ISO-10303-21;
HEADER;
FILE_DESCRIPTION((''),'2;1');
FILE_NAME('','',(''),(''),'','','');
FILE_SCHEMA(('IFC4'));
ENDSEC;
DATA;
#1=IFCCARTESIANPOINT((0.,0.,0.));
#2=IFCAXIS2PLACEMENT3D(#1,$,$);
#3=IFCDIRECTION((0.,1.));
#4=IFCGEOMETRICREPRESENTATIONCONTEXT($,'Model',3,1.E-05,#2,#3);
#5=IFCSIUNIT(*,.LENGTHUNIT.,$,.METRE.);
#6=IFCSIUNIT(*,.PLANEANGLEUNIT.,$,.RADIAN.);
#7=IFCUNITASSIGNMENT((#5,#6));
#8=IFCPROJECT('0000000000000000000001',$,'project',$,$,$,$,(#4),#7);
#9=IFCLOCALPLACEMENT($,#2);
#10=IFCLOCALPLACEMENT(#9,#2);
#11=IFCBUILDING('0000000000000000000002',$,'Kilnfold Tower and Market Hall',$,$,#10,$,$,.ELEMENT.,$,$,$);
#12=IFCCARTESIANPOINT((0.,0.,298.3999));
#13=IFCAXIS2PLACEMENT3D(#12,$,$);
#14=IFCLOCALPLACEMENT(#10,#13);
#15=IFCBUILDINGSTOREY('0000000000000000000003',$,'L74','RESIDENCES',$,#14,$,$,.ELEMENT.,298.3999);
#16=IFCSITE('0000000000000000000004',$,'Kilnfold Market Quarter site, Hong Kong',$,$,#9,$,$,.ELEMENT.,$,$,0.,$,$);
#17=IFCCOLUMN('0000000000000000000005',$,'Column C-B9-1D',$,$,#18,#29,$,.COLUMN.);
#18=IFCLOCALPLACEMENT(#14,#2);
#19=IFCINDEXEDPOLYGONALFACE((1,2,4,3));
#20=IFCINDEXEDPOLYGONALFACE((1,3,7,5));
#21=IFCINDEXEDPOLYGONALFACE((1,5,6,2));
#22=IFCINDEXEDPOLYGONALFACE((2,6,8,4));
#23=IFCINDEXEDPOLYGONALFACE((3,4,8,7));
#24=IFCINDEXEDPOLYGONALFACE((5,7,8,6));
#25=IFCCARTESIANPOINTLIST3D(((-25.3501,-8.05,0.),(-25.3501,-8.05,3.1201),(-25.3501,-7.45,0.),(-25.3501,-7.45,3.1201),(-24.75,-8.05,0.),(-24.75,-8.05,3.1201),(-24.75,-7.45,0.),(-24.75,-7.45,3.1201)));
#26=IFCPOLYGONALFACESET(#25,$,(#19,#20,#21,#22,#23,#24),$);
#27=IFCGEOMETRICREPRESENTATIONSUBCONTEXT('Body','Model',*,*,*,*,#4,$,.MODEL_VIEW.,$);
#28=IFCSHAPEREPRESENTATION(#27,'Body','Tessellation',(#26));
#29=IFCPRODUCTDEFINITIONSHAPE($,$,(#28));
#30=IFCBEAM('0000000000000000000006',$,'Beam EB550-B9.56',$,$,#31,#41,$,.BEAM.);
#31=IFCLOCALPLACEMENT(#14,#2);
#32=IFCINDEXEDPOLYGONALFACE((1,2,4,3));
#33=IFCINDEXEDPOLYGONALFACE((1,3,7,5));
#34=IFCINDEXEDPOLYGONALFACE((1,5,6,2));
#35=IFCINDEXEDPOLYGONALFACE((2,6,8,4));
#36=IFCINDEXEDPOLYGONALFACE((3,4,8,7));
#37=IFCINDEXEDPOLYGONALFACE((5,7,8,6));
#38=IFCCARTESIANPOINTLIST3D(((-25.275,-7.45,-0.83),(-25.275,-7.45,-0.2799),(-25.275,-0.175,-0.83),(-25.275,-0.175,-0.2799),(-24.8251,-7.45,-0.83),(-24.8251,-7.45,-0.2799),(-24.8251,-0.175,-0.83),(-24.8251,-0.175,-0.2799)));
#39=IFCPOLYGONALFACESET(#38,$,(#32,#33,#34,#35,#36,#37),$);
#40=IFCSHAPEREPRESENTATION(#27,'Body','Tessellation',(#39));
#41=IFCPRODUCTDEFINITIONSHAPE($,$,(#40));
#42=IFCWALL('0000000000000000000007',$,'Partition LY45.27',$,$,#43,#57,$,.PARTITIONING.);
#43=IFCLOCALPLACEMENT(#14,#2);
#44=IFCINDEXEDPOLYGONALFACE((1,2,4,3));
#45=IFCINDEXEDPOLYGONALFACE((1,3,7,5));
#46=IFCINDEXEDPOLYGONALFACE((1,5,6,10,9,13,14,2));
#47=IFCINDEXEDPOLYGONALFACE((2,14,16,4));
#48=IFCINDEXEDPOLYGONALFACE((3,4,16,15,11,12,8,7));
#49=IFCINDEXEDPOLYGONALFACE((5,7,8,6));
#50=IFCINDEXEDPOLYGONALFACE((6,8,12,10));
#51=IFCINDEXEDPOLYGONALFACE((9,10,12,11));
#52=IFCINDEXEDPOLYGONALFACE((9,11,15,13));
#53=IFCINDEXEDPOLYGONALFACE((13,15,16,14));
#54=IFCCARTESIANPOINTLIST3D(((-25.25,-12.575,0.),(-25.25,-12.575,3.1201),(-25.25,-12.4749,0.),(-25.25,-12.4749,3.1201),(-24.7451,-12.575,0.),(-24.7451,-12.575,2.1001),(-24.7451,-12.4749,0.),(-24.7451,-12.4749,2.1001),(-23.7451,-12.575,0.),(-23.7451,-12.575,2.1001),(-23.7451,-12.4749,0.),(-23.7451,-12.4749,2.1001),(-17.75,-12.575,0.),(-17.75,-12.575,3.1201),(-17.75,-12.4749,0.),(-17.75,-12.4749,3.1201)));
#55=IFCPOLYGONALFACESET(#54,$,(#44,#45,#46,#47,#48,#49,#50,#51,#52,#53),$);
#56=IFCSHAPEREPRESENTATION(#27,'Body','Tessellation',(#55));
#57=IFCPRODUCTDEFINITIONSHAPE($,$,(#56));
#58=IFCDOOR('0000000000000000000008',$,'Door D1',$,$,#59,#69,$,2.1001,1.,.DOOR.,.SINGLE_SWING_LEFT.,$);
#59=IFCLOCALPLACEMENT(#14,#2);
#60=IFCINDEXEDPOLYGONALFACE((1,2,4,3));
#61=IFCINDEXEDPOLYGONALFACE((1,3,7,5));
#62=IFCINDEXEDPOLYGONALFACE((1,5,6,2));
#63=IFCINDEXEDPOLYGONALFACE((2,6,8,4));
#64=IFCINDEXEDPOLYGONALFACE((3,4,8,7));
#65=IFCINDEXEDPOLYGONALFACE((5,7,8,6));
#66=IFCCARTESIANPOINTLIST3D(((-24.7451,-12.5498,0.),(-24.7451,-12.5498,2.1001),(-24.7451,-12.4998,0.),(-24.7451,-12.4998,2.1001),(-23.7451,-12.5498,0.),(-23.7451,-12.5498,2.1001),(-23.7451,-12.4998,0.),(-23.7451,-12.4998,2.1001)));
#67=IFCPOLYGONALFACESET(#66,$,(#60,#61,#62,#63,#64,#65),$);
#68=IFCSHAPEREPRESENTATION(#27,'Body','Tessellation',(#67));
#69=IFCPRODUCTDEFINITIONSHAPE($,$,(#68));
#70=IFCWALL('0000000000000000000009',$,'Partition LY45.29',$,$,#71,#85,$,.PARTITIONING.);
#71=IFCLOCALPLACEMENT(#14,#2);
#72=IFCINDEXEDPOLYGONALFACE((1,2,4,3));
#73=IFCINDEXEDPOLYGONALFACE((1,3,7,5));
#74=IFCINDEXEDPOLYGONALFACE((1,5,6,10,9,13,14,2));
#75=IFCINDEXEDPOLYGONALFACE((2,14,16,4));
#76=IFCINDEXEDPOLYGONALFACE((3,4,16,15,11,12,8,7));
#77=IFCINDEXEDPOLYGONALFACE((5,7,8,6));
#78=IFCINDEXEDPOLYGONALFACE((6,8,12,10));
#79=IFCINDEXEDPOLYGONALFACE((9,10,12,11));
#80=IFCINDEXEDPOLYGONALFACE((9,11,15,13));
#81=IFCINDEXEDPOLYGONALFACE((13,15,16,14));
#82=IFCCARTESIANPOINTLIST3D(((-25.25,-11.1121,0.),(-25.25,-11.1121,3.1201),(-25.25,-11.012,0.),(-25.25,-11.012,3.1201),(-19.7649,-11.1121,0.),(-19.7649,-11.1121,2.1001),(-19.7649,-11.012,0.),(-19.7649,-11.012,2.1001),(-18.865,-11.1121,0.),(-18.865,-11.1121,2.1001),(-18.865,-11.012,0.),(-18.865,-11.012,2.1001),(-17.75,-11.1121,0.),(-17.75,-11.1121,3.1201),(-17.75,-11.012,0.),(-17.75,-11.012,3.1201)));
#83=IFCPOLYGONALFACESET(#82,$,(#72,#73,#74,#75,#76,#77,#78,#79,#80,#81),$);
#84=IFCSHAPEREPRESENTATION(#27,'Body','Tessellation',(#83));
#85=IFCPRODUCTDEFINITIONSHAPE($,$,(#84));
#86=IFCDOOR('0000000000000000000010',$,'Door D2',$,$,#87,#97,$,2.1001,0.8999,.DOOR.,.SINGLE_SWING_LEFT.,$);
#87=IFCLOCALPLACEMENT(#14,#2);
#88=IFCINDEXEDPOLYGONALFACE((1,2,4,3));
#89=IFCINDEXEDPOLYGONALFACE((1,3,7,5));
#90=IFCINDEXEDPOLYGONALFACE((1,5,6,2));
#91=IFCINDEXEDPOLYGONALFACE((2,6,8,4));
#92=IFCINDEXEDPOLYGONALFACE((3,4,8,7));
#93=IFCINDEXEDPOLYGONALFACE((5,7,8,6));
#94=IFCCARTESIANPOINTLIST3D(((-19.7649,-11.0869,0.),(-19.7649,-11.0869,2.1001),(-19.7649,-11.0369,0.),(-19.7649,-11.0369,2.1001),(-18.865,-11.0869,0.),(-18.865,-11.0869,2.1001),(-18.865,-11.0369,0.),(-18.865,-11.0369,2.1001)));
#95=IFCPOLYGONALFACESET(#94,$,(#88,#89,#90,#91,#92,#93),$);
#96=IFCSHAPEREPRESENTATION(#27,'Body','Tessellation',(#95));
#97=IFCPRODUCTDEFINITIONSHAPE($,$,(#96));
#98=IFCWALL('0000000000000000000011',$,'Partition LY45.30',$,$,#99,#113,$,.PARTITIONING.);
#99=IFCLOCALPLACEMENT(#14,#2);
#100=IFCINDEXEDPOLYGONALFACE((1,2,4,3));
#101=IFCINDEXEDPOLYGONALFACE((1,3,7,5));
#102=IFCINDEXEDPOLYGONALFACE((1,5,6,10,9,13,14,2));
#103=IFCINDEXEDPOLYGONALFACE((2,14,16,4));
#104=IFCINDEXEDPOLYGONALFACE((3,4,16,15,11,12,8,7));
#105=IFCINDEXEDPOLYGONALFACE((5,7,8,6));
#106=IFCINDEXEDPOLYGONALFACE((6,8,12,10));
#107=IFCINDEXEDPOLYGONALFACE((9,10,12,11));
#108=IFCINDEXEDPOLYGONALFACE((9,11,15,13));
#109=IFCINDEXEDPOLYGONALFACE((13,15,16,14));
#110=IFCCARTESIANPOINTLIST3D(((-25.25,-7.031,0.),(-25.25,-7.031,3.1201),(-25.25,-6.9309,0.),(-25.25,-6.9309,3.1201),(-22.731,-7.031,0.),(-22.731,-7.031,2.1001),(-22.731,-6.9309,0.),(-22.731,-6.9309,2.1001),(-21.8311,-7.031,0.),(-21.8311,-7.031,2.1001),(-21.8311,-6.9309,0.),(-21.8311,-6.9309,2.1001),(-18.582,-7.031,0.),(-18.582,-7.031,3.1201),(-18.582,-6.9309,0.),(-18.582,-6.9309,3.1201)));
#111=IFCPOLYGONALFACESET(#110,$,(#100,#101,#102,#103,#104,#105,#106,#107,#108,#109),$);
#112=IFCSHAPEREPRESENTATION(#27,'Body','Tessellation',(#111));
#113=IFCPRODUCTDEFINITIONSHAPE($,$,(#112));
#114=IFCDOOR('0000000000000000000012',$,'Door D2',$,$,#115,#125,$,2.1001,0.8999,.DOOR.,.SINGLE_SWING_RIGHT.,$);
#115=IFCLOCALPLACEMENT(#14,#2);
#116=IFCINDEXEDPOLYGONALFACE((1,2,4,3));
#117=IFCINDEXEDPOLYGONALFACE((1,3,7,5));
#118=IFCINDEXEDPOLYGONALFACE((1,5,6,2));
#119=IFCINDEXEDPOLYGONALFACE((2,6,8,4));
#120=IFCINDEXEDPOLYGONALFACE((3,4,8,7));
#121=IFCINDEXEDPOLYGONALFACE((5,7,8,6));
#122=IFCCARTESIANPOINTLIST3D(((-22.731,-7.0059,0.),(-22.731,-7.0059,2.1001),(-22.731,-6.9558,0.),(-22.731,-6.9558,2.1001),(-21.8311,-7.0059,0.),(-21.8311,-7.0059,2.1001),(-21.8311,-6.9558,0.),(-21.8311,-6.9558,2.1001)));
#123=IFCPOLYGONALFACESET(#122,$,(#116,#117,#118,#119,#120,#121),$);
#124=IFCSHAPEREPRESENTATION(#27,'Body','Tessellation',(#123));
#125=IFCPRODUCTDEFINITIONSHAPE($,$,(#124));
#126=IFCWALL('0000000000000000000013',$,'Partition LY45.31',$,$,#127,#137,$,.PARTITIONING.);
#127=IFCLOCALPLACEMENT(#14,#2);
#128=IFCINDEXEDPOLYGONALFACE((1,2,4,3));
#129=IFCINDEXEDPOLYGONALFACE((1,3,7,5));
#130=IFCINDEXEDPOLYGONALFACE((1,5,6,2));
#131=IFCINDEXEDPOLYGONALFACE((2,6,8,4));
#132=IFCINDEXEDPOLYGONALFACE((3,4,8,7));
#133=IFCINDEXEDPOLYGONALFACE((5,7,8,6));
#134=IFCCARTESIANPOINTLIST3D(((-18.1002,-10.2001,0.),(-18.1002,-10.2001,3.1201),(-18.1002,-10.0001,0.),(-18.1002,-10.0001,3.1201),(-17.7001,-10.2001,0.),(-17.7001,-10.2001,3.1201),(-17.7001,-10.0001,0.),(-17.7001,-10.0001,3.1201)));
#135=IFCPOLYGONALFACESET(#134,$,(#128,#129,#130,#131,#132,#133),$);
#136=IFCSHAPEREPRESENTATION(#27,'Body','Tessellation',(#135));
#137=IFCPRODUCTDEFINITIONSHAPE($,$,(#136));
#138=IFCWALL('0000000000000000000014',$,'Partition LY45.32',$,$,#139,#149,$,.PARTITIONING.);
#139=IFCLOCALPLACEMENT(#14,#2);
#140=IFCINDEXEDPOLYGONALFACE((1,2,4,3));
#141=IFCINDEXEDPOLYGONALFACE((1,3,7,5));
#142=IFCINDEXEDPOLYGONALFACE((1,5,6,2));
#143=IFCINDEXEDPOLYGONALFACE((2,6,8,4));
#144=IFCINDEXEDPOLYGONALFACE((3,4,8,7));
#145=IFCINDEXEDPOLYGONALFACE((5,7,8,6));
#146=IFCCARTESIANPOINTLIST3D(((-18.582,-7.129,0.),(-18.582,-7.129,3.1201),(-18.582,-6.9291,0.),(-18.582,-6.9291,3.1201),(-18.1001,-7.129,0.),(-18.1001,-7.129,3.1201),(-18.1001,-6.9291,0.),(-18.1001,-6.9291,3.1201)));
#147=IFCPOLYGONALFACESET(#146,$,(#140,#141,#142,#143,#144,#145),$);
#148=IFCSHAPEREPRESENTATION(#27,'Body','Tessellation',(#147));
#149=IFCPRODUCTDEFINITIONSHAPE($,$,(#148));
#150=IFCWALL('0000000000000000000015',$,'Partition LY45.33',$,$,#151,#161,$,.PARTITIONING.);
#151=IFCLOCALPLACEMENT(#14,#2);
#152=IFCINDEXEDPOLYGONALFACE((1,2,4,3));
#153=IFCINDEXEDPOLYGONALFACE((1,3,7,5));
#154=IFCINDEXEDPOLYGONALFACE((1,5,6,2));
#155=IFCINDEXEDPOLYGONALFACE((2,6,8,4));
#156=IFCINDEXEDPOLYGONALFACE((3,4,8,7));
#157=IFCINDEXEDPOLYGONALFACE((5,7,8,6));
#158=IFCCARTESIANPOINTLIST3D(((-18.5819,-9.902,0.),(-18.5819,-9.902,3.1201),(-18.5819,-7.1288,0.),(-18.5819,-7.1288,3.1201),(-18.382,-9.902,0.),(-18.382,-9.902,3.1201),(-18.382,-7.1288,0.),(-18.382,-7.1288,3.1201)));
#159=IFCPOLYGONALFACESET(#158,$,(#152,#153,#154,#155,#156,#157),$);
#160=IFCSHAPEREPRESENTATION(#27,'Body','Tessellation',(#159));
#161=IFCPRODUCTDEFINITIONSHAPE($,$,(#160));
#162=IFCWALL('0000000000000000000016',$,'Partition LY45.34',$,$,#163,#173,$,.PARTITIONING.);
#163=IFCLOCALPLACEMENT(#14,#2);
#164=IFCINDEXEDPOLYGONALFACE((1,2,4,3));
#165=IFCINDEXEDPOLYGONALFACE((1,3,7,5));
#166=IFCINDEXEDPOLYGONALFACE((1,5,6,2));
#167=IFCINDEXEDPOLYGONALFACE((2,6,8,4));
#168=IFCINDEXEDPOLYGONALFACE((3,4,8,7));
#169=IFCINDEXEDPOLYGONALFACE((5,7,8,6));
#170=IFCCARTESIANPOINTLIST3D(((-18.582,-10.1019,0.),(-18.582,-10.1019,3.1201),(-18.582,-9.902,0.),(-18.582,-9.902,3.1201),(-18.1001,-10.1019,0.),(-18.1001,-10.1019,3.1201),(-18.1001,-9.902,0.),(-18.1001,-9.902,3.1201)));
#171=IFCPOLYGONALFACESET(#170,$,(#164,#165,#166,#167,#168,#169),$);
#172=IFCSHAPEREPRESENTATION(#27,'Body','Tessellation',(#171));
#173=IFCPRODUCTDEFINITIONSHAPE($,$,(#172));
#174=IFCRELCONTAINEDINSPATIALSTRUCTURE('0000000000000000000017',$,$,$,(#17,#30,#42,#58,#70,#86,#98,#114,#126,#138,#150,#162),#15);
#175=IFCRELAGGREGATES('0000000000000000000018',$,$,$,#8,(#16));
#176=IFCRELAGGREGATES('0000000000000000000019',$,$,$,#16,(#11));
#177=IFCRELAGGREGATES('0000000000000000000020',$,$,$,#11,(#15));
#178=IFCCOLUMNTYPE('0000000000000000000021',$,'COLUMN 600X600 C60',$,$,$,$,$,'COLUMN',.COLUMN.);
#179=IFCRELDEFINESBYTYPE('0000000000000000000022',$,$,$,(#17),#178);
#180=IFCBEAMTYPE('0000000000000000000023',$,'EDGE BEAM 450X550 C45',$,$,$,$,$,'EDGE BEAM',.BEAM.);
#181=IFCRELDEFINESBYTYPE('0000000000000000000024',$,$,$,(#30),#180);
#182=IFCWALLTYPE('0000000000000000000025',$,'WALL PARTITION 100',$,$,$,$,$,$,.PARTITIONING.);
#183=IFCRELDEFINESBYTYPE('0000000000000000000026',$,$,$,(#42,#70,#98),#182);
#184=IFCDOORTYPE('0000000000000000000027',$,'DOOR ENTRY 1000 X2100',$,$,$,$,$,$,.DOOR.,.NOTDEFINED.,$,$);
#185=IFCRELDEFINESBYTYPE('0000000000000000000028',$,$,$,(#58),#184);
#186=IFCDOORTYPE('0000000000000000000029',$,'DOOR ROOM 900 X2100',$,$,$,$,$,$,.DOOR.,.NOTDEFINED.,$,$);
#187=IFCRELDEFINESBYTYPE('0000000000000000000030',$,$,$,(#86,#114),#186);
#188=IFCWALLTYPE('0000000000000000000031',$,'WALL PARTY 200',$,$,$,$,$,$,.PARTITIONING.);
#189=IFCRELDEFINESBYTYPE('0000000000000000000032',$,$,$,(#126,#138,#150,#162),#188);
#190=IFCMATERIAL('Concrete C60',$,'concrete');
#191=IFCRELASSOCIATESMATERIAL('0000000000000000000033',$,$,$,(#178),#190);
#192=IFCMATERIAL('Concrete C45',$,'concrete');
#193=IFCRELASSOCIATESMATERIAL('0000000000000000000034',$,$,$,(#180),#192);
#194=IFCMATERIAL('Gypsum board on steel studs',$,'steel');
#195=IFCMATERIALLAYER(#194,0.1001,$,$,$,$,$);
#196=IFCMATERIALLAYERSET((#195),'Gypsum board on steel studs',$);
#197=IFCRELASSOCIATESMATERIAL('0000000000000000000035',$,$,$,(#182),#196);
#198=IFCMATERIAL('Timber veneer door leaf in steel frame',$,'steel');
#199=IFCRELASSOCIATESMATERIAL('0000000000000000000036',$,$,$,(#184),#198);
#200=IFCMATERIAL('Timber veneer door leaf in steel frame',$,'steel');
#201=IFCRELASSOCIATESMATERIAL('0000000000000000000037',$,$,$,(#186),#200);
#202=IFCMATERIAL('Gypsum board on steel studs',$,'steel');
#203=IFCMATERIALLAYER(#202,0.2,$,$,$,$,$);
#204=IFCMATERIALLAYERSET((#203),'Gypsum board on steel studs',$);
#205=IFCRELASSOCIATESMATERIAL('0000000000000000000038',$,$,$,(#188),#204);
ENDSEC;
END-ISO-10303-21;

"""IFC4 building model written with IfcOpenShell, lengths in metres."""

from ifc_helpers import new_model, si_unit, direction, frame, frame_2d, origin, origin_2d, place, context, subcontext, project, spatial, rectangle, extrude, source, transform, mapped, material, layer, layer_set, material_profile, profile_set, type_object, element, fill, save


model = new_model("IFC4")

# Units and contexts
model_context = context("Model", 3, precision=1e-05, world=origin(), true_north=direction((0.0, 1.0)))
body_context = subcontext(model_context, "Body", "Model", "MODEL_VIEW")
ifc_project = project(units=[si_unit("LENGTHUNIT", "METRE"), si_unit("PLANEANGLEUNIT", "RADIAN")], contexts=[model_context])

# Site, building, storey
site_placement = place(None, origin())
site = spatial("IfcSite", under=ifc_project, at=site_placement, Name="Kilnfold Market Quarter site, Hong Kong", CompositionType="ELEMENT", RefElevation=0.0)
building_placement = place(site_placement, origin())
building = spatial("IfcBuilding", under=site, at=building_placement, Name="Kilnfold Tower and Market Hall", CompositionType="ELEMENT")
storey_placement = place(building_placement, frame((0.0, 0.0, 298.3999)))
storey = spatial("IfcBuildingStorey", under=building, at=storey_placement, Name="L74", Description="RESIDENCES", CompositionType="ELEMENT", Elevation=298.3999)

# Column
ifc_material_1 = material(Name="Concrete C60", Category="concrete")
ifc_material_profile_1 = material_profile(ifc_material_1, rectangle(XDim=0.6001, YDim=0.6001, at=origin_2d()), Name="RC 600x600")
ifc_profile_set_1 = profile_set([ifc_material_profile_1], Name="Concrete C60")
column_type = type_object("IfcColumnType", Name="COLUMN 600X600 C60", ElementType="COLUMN", PredefinedType="COLUMN", material=ifc_profile_set_1)
shared_shape_1 = source(origin(), body_context, "Body", "SweptSolid", [
    extrude(rectangle(XDim=0.6001, YDim=0.6001, at=origin_2d()), origin(), (0.0, 0.0, 1.0), 3.1201),
])
column_placement = place(storey_placement, frame((-25.05, -7.75, 0.0), z_axis=(0.0, 0.0, 1.0), x_axis=(1.0, 0.0, 0.0)))
element("IfcColumn", 1, at=column_placement, inside=storey, type_object=column_type, Name="Column C-B9-1D", PredefinedType="COLUMN", context=body_context, shape_type="MappedRepresentation", body=[
    mapped(shared_shape_1, transform((0.0, 0.0, 0.0))),
])

# Beam
ifc_material_2 = material(Name="Concrete C45", Category="concrete")
ifc_material_profile_2 = material_profile(ifc_material_2, rectangle(XDim=0.45, YDim=0.55, at=origin_2d()), Name="RC 450x550")
ifc_profile_set_2 = profile_set([ifc_material_profile_2], Name="Concrete C45")
beam_type = type_object("IfcBeamType", Name="EDGE BEAM 450X550 C45", ElementType="EDGE BEAM", PredefinedType="BEAM", material=ifc_profile_set_2)
shared_shape_2 = source(origin(), body_context, "Body", "SweptSolid", [
    extrude(rectangle(XDim=0.45, YDim=0.55, at=origin_2d()), origin(), (0.0, 0.0, 1.0), 7.2749),
])
beam_placement = place(storey_placement, frame((-25.05, -7.45, -0.5549), z_axis=(0.0, 1.0, 0.0), x_axis=(-1.0, 0.0, 0.0)))
element("IfcBeam", 2, at=beam_placement, inside=storey, type_object=beam_type, Name="Beam EB550-B9.56", PredefinedType="BEAM", context=body_context, shape_type="MappedRepresentation", body=[
    mapped(shared_shape_2, transform((0.0, 0.0, 0.0))),
])

# Walls, openings, doors
ifc_material_3 = material(Name="Gypsum board on steel studs", Category="steel")
ifc_layer_1 = layer(ifc_material_3, 0.1001)
ifc_layer_set_1 = layer_set([ifc_layer_1], Name="Gypsum board on steel studs")
wall_type_1 = type_object("IfcWallType", Name="WALL PARTITION 100", PredefinedType="PARTITIONING", material=ifc_layer_set_1)
wall_1_placement = place(storey_placement, frame((-17.75, -12.5249, 0.0), z_axis=(0.0, 0.0, 1.0), x_axis=(-1.0, 0.0, 0.0)))
wall_1 = element("IfcWall", 3, at=wall_1_placement, inside=storey, type_object=wall_type_1, Name="Partition LY45.27", PredefinedType="PARTITIONING", context=body_context, shape_type="SweptSolid", body=[
    extrude(rectangle(XDim=7.5, YDim=0.1001, at=frame_2d((3.75, 0.0))), origin(), (0.0, 0.0, 1.0), 3.1201),
])
opening_1_placement = place(wall_1_placement, frame((5.9951, 0.0, 0.0)))
opening_1 = element("IfcOpeningElement", 4, at=opening_1_placement, cuts=wall_1, PredefinedType="OPENING", context=body_context, shape_type="SweptSolid", body=[
    extrude(rectangle(XDim=1.0, YDim=2.1001, at=frame_2d((0.5, 1.05))), frame((0.0, 0.0601, 0.0), z_axis=(0.0, -1.0, 0.0), x_axis=(1.0, 0.0, 0.0)), (0.0, 0.0, 1.0), 0.1201),
])
ifc_material_4 = material(Name="Timber veneer door leaf in steel frame", Category="steel")
door_type_1 = type_object("IfcDoorType", Name="DOOR ENTRY 1000 X2100", OperationType="NOTDEFINED", PredefinedType="DOOR", material=ifc_material_4)
door_1_placement = place(opening_1_placement, origin())
door_1 = element("IfcDoor", 5, at=door_1_placement, inside=storey, type_object=door_type_1, Name="Door D1", OperationType="SINGLE_SWING_LEFT", OverallHeight=2.1001, OverallWidth=1.0, PredefinedType="DOOR", context=body_context, shape_type="SweptSolid", body=[
    extrude(rectangle(XDim=1.0, YDim=2.1001, at=frame_2d((0.5, 1.05))), frame((0.0, 0.0249, 0.0), z_axis=(0.0, -1.0, 0.0), x_axis=(1.0, 0.0, 0.0)), (0.0, 0.0, 1.0), 0.05),
])
fill(opening_1, door_1)
wall_2_placement = place(storey_placement, frame((-17.75, -11.062, 0.0), z_axis=(0.0, 0.0, 1.0), x_axis=(-1.0, 0.0, 0.0)))
wall_2 = element("IfcWall", 6, at=wall_2_placement, inside=storey, type_object=wall_type_1, Name="Partition LY45.29", PredefinedType="PARTITIONING", context=body_context, shape_type="SweptSolid", body=[
    extrude(rectangle(XDim=7.5, YDim=0.1001, at=frame_2d((3.75, 0.0))), origin(), (0.0, 0.0, 1.0), 3.1201),
])
opening_2_placement = place(wall_2_placement, frame((1.115, 0.0, 0.0)))
opening_2 = element("IfcOpeningElement", 7, at=opening_2_placement, cuts=wall_2, PredefinedType="OPENING", context=body_context, shape_type="SweptSolid", body=[
    extrude(rectangle(XDim=0.8999, YDim=2.1001, at=frame_2d((0.45, 1.05))), frame((0.0, 0.0601, 0.0), z_axis=(0.0, -1.0, 0.0), x_axis=(1.0, 0.0, 0.0)), (0.0, 0.0, 1.0), 0.1201),
])
ifc_material_5 = material(Name="Timber veneer door leaf in steel frame", Category="steel")
door_type_2 = type_object("IfcDoorType", Name="DOOR ROOM 900 X2100", OperationType="NOTDEFINED", PredefinedType="DOOR", material=ifc_material_5)
door_2_placement = place(opening_2_placement, origin())
door_2 = element("IfcDoor", 8, at=door_2_placement, inside=storey, type_object=door_type_2, Name="Door D2", OperationType="SINGLE_SWING_LEFT", OverallHeight=2.1001, OverallWidth=0.8999, PredefinedType="DOOR", context=body_context, shape_type="SweptSolid", body=[
    extrude(rectangle(XDim=0.8999, YDim=2.1001, at=frame_2d((0.45, 1.05))), frame((0.0, 0.0249, 0.0), z_axis=(0.0, -1.0, 0.0), x_axis=(1.0, 0.0, 0.0)), (0.0, 0.0, 1.0), 0.05),
])
fill(opening_2, door_2)
wall_3_placement = place(storey_placement, frame((-18.582, -6.981, 0.0), z_axis=(0.0, 0.0, 1.0), x_axis=(-1.0, 0.0, 0.0)))
wall_3 = element("IfcWall", 9, at=wall_3_placement, inside=storey, type_object=wall_type_1, Name="Partition LY45.30", PredefinedType="PARTITIONING", context=body_context, shape_type="SweptSolid", body=[
    extrude(rectangle(XDim=6.668, YDim=0.1001, at=frame_2d((3.334, 0.0))), origin(), (0.0, 0.0, 1.0), 3.1201),
])
opening_3_placement = place(wall_3_placement, frame((3.249, 0.0, 0.0)))
opening_3 = element("IfcOpeningElement", 10, at=opening_3_placement, cuts=wall_3, PredefinedType="OPENING", context=body_context, shape_type="SweptSolid", body=[
    extrude(rectangle(XDim=0.8999, YDim=2.1001, at=frame_2d((0.45, 1.05))), frame((0.0, 0.0601, 0.0), z_axis=(0.0, -1.0, 0.0), x_axis=(1.0, 0.0, 0.0)), (0.0, 0.0, 1.0), 0.1201),
])
door_3_placement = place(opening_3_placement, origin())
door_3 = element("IfcDoor", 11, at=door_3_placement, inside=storey, type_object=door_type_2, Name="Door D2", OperationType="SINGLE_SWING_RIGHT", OverallHeight=2.1001, OverallWidth=0.8999, PredefinedType="DOOR", context=body_context, shape_type="SweptSolid", body=[
    extrude(rectangle(XDim=0.8999, YDim=2.1001, at=frame_2d((0.45, 1.05))), frame((0.0, 0.0249, 0.0), z_axis=(0.0, -1.0, 0.0), x_axis=(1.0, 0.0, 0.0)), (0.0, 0.0, 1.0), 0.05),
])
fill(opening_3, door_3)

# Walls
ifc_material_6 = material(Name="Gypsum board on steel studs", Category="steel")
ifc_layer_2 = layer(ifc_material_6, 0.2)
ifc_layer_set_2 = layer_set([ifc_layer_2], Name="Gypsum board on steel studs")
wall_type_2 = type_object("IfcWallType", Name="WALL PARTY 200", PredefinedType="PARTITIONING", material=ifc_layer_set_2)
wall_4_placement = place(storey_placement, frame((-17.7, -10.1001, 0.0), z_axis=(0.0, 0.0, 1.0), x_axis=(-1.0, 0.0, 0.0)))
element("IfcWall", 12, at=wall_4_placement, inside=storey, type_object=wall_type_2, Name="Partition LY45.31", PredefinedType="PARTITIONING", context=body_context, shape_type="SweptSolid", body=[
    extrude(rectangle(XDim=0.4001, YDim=0.2, at=frame_2d((0.2002, 0.0))), origin(), (0.0, 0.0, 1.0), 3.1201),
])
wall_5_placement = place(storey_placement, frame((-18.582, -7.0291, 0.0), z_axis=(0.0, 0.0, 1.0), x_axis=(1.0, 0.0, 0.0)))
element("IfcWall", 13, at=wall_5_placement, inside=storey, type_object=wall_type_2, Name="Partition LY45.32", PredefinedType="PARTITIONING", context=body_context, shape_type="SweptSolid", body=[
    extrude(rectangle(XDim=0.4819, YDim=0.2, at=frame_2d((0.241, 0.0))), origin(), (0.0, 0.0, 1.0), 3.1201),
])
wall_6_placement = place(storey_placement, frame((-18.4819, -9.9021, 0.0), z_axis=(0.0, 0.0, 1.0), x_axis=(0.0, 1.0, 0.0)))
element("IfcWall", 14, at=wall_6_placement, inside=storey, type_object=wall_type_2, Name="Partition LY45.33", PredefinedType="PARTITIONING", context=body_context, shape_type="SweptSolid", body=[
    extrude(rectangle(XDim=2.7732, YDim=0.2, at=frame_2d((1.3867, 0.0))), origin(), (0.0, 0.0, 1.0), 3.1201),
])
wall_7_placement = place(storey_placement, frame((-18.1001, -10.002, 0.0), z_axis=(0.0, 0.0, 1.0), x_axis=(-1.0, 0.0, 0.0)))
element("IfcWall", 15, at=wall_7_placement, inside=storey, type_object=wall_type_2, Name="Partition LY45.34", PredefinedType="PARTITIONING", context=body_context, shape_type="SweptSolid", body=[
    extrude(rectangle(XDim=0.4819, YDim=0.2, at=frame_2d((0.241, 0.0))), origin(), (0.0, 0.0, 1.0), 3.1201),
])

save(model, "model.ifc")
